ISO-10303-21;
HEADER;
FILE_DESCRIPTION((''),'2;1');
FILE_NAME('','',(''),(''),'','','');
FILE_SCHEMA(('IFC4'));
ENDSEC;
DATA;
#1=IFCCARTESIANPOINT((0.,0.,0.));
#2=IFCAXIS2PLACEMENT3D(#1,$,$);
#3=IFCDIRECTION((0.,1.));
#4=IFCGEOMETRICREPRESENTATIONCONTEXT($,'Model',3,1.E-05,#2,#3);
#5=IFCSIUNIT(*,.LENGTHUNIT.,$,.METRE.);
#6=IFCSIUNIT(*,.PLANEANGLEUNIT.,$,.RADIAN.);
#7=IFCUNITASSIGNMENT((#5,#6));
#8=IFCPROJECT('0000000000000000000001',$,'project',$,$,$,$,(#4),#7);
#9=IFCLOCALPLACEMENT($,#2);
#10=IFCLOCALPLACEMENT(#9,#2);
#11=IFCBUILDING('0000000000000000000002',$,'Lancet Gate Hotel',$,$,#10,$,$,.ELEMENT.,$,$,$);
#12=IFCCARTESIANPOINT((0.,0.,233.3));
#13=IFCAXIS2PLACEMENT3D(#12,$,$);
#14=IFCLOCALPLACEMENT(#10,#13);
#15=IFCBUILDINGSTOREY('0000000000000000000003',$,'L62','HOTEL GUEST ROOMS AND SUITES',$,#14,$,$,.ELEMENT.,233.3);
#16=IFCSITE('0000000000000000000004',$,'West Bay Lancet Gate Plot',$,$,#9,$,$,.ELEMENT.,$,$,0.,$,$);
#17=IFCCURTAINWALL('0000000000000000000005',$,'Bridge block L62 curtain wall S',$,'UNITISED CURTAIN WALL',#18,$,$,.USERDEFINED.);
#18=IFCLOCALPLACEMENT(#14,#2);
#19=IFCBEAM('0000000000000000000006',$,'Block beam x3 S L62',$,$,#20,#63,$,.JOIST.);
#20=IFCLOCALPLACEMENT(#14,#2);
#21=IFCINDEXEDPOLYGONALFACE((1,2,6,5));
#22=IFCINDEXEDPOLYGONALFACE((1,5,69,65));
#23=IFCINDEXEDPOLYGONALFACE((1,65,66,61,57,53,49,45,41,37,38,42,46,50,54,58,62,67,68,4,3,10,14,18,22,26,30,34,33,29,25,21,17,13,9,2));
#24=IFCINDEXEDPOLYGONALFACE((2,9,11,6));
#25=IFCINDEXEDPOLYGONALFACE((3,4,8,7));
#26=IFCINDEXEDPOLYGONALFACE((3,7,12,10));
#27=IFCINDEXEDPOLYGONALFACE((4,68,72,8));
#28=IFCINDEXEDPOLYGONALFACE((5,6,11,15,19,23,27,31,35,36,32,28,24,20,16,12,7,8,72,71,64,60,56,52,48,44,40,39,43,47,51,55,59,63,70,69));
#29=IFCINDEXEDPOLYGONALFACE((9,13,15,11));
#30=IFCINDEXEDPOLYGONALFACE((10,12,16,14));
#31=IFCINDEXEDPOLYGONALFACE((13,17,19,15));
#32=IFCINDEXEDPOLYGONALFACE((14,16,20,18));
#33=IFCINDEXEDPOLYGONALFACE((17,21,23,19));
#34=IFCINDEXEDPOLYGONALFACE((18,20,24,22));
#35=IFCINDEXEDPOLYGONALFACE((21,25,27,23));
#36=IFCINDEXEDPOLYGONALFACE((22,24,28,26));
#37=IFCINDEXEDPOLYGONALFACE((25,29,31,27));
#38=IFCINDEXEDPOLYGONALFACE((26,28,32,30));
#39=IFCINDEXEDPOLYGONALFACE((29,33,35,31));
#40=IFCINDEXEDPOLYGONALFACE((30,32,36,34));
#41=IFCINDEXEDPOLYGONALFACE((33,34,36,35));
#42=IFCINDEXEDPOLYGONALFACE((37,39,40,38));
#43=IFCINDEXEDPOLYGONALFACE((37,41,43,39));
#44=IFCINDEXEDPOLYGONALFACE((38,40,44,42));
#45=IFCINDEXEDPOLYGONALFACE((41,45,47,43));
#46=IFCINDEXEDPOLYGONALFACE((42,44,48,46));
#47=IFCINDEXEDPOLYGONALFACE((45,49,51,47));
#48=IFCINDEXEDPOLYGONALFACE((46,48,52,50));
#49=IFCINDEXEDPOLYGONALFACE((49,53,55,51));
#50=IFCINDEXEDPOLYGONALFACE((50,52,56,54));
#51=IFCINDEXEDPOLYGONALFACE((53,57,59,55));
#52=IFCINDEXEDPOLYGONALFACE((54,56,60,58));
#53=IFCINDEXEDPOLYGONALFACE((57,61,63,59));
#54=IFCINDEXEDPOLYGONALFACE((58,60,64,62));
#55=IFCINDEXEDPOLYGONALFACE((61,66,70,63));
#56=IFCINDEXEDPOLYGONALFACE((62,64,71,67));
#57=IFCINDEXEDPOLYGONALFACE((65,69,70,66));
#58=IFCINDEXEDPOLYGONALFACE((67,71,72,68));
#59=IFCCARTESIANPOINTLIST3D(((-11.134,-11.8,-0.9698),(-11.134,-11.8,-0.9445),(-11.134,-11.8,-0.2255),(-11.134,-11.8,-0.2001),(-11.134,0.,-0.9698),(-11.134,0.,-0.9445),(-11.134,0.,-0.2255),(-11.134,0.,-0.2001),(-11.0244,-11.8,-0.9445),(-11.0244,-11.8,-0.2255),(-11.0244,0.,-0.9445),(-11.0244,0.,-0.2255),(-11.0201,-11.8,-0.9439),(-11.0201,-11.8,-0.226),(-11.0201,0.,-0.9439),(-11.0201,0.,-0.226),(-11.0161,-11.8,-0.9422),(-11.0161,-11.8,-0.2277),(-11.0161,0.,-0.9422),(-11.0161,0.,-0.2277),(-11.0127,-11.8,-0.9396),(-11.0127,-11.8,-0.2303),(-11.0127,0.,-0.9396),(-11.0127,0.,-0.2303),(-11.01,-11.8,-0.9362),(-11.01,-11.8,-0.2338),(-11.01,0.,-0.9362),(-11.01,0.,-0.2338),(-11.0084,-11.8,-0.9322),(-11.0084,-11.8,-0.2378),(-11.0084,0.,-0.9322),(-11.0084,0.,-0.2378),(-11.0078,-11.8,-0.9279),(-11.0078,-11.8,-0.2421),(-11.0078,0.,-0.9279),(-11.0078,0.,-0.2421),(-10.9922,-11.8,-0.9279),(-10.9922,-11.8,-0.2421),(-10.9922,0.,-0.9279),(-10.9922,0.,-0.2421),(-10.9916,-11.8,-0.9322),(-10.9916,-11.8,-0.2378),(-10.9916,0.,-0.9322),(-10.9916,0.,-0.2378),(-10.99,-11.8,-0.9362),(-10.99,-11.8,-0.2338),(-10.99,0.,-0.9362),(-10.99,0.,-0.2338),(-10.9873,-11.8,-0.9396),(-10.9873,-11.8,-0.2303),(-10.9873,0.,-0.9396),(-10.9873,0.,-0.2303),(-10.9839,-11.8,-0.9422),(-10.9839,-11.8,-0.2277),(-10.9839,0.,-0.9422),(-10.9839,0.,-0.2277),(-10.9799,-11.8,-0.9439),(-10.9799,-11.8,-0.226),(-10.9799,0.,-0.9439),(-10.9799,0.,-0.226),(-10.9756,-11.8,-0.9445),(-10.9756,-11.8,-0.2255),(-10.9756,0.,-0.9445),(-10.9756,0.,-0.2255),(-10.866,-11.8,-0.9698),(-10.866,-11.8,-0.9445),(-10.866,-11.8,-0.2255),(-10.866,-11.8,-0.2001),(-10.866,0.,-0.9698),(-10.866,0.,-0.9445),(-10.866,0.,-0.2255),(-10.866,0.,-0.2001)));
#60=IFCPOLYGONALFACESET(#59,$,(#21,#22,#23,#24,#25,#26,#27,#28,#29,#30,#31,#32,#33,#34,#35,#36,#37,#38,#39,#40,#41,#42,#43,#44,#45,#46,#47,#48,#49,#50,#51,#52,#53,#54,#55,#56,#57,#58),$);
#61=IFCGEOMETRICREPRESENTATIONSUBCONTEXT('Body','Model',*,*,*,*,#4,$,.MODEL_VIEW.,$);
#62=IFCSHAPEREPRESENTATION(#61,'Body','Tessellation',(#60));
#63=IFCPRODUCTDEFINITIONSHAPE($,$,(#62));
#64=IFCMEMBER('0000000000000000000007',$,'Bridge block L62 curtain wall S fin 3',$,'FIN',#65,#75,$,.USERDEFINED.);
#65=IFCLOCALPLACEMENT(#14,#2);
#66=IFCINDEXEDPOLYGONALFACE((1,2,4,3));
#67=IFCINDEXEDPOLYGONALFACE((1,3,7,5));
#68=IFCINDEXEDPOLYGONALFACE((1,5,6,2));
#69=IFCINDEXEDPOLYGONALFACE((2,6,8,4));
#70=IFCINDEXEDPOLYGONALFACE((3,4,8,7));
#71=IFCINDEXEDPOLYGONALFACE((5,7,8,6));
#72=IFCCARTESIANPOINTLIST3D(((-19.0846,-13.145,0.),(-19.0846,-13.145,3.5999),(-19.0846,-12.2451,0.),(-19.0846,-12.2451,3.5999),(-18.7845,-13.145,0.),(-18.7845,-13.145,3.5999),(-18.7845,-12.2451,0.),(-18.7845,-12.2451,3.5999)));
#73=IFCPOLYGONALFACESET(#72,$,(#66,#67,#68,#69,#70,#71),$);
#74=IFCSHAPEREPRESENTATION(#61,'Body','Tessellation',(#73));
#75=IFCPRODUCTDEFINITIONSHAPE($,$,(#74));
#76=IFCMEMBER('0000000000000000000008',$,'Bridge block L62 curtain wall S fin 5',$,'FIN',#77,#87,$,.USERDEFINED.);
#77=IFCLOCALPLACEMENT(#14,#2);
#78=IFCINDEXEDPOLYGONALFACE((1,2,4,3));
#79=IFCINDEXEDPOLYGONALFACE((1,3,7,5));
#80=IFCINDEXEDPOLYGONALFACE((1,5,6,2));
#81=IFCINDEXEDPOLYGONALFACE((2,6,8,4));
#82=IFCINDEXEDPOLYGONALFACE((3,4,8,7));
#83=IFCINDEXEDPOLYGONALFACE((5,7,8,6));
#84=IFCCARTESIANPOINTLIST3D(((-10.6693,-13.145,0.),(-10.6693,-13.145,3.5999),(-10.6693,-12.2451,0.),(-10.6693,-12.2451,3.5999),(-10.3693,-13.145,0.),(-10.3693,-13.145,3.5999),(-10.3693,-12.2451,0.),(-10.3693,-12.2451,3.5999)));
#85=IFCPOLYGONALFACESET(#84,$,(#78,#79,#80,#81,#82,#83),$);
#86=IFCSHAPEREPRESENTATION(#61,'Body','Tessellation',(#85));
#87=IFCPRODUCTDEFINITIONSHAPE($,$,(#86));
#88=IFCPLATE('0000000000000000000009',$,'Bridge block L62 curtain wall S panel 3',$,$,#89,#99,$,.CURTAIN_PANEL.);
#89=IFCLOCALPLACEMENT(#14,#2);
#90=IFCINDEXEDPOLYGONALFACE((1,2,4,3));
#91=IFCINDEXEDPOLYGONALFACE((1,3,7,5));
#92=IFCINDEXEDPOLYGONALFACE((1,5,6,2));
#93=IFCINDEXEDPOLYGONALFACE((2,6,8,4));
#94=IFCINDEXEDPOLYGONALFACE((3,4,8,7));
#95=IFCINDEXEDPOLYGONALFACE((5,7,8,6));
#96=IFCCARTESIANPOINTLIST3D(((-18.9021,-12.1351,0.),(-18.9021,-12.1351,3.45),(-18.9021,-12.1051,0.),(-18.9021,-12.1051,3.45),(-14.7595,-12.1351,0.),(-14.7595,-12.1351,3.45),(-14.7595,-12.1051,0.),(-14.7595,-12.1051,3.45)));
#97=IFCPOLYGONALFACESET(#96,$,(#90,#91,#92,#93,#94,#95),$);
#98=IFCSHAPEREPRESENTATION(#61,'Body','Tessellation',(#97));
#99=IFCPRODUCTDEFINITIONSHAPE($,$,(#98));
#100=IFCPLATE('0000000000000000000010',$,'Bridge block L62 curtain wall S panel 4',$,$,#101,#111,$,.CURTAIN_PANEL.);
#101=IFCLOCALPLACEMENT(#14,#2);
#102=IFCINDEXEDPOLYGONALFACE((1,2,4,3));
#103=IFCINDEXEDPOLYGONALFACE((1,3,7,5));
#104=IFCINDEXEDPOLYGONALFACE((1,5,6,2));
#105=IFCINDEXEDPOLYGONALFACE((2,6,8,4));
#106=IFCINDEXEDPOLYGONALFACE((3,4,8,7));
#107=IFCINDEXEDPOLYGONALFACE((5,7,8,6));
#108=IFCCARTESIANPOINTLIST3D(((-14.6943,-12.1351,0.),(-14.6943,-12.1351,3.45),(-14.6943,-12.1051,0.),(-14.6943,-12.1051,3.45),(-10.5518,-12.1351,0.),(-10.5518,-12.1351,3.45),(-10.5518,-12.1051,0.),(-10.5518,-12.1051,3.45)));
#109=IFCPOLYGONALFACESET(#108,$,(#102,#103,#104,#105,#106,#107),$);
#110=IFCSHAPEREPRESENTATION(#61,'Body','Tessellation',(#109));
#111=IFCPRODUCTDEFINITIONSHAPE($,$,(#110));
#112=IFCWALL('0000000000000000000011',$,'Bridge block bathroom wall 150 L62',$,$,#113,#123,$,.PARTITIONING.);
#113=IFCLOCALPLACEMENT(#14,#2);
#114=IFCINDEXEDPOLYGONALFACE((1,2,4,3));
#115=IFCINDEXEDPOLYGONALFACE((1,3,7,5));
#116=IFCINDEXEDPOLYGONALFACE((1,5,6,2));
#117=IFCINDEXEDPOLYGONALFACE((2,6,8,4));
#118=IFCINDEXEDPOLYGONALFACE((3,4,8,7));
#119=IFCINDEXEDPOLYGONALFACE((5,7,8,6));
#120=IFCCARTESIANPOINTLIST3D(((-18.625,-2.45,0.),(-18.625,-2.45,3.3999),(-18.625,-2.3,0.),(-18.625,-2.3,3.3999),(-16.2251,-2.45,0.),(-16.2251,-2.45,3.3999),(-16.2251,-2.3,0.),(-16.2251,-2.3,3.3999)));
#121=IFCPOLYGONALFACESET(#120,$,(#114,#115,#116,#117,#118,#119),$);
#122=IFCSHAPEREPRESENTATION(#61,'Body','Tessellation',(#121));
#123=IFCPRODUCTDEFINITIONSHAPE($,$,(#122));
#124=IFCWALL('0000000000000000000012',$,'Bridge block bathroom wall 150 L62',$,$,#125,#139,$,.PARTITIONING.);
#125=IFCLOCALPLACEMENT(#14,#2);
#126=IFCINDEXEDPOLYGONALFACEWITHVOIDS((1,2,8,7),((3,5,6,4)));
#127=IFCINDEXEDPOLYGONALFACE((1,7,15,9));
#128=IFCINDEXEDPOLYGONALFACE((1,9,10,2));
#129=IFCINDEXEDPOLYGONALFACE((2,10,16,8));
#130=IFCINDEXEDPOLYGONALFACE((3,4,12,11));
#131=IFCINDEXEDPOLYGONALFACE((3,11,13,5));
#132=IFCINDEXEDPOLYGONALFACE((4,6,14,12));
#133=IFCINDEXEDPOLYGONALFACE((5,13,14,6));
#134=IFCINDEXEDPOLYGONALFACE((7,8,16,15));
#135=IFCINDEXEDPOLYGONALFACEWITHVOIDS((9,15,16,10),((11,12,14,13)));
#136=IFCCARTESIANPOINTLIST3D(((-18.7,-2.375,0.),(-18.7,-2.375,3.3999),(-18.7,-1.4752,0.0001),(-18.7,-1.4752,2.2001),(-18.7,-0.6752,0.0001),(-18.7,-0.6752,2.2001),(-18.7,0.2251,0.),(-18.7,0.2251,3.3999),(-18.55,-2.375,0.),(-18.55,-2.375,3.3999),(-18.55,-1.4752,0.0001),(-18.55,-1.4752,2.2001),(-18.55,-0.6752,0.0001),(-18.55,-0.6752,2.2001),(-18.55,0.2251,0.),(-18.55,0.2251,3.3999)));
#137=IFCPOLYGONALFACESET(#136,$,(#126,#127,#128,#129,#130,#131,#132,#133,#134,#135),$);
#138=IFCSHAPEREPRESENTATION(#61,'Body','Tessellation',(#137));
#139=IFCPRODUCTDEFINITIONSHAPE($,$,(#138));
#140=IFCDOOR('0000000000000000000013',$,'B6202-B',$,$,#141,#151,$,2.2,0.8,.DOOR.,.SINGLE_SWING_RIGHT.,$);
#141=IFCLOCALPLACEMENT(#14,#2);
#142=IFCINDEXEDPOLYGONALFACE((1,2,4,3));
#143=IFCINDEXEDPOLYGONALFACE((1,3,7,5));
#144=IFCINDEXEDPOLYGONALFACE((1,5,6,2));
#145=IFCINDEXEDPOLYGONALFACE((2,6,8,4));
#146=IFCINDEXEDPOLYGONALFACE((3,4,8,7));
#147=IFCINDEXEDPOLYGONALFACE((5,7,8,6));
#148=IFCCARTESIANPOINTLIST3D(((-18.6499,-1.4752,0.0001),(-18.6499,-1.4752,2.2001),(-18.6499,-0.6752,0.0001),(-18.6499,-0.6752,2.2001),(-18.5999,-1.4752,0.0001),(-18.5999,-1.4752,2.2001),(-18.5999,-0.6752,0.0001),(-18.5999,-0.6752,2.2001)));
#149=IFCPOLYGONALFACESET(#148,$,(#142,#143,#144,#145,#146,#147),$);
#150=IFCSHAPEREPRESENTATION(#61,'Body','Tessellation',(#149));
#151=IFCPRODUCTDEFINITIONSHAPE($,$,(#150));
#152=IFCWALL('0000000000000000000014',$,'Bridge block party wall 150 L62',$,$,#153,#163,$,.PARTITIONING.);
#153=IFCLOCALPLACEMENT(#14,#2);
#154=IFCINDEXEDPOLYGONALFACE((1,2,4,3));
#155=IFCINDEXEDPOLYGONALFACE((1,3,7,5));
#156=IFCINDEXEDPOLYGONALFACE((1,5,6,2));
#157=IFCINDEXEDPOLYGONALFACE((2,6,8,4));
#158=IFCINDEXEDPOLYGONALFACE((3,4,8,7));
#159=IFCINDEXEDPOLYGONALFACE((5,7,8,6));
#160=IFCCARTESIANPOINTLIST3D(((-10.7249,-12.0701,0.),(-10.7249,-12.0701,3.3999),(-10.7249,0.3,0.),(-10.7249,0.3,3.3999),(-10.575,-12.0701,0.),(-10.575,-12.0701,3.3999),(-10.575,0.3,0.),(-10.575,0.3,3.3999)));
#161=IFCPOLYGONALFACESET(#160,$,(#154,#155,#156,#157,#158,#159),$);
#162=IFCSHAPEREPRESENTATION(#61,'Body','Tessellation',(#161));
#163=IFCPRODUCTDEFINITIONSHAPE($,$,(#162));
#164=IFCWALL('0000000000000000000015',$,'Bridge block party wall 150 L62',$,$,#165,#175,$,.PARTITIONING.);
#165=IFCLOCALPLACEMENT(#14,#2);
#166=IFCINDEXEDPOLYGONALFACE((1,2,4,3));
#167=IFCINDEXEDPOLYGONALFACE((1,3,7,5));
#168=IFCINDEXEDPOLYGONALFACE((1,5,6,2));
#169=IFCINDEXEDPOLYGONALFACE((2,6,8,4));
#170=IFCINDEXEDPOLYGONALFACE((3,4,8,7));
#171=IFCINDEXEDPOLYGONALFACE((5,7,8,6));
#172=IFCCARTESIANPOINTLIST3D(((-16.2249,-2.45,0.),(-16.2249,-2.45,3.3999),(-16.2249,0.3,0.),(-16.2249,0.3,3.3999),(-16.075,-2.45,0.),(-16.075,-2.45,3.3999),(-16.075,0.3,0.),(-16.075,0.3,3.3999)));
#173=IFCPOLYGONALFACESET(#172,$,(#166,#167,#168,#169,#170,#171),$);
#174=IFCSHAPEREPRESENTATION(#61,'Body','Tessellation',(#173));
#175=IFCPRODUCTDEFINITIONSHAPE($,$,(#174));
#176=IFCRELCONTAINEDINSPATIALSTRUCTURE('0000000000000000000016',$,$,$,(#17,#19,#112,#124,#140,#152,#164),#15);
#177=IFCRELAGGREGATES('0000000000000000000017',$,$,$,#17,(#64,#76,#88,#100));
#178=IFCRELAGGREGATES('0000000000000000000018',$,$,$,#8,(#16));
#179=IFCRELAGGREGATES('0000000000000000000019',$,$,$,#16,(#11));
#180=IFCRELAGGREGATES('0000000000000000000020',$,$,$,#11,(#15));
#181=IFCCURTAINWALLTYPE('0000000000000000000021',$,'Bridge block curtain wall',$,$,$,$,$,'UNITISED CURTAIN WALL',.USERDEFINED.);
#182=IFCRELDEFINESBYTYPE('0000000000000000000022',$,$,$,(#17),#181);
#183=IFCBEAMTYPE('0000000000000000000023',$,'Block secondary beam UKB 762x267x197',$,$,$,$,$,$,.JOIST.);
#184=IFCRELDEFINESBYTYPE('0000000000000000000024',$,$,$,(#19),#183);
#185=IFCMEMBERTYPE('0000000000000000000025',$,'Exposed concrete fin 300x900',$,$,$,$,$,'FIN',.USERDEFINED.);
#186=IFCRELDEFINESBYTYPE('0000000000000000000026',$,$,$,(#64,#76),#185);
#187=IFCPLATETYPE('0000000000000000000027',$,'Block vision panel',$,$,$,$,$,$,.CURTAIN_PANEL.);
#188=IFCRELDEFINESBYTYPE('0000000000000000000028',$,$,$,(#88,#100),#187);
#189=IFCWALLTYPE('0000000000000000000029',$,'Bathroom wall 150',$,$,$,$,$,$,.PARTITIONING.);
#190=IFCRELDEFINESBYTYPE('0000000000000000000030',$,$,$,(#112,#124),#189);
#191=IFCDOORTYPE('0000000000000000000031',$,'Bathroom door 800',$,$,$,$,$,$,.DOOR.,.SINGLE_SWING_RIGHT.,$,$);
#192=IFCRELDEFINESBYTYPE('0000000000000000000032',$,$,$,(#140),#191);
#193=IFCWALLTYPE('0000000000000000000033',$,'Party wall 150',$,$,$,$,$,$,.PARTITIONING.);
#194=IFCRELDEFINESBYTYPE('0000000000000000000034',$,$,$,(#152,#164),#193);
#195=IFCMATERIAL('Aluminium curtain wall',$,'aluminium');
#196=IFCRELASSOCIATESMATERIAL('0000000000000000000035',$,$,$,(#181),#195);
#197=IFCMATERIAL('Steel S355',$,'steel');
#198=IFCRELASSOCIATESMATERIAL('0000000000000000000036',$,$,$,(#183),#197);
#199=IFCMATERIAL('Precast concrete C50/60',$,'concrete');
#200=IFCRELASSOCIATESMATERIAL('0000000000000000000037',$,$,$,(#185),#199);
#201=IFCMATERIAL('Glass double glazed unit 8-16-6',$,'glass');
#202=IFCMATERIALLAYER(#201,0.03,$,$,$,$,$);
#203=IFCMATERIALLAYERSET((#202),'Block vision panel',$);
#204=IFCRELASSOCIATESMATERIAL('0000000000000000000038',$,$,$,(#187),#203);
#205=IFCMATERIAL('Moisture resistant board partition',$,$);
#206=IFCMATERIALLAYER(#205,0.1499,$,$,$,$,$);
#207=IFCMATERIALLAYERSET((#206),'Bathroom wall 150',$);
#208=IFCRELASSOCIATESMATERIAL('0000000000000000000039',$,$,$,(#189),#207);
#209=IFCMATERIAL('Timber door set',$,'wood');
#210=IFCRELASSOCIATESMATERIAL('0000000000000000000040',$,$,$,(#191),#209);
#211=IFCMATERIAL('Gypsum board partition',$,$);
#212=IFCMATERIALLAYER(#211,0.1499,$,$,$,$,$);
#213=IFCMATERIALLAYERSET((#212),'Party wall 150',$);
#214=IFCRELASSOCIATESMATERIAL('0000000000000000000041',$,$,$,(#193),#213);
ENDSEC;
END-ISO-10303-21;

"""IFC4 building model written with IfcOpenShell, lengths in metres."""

from ifc_helpers import new_model, si_unit, direction, frame, frame_2d, origin, origin_2d, place, context, subcontext, project, spatial, rectangle, i_section, extrude, material, layer, layer_set, material_profile, profile_set, type_object, element, fill, aggregate, save


model = new_model("IFC4")

# Units and contexts
model_context = context("Model", 3, precision=1e-05, world=origin(), true_north=direction((0.0, 1.0)))
body_context = subcontext(model_context, "Body", "Model", "MODEL_VIEW")
ifc_project = project(units=[si_unit("LENGTHUNIT", "METRE"), si_unit("PLANEANGLEUNIT", "RADIAN")], contexts=[model_context])

# Site, building, storey
site_placement = place(None, origin())
site = spatial("IfcSite", under=ifc_project, at=site_placement, Name="West Bay Lancet Gate Plot", CompositionType="ELEMENT", RefElevation=0.0)
building_placement = place(site_placement, origin())
building = spatial("IfcBuilding", under=site, at=building_placement, Name="Lancet Gate Hotel", CompositionType="ELEMENT")
storey_placement = place(building_placement, frame((0.0, 0.0, 233.3)))
storey = spatial("IfcBuildingStorey", under=building, at=storey_placement, Name="L62", Description="HOTEL GUEST ROOMS AND SUITES", CompositionType="ELEMENT", Elevation=233.3)

# Curtain wall
ifc_material_1 = material(Name="Aluminium curtain wall", Category="aluminium")
curtain_wall_type = type_object("IfcCurtainWallType", Name="Bridge block curtain wall", ElementType="UNITISED CURTAIN WALL", PredefinedType="USERDEFINED", material=ifc_material_1)
curtain_wall_placement = place(storey_placement, origin())
curtain_wall = element("IfcCurtainWall", 1, at=curtain_wall_placement, inside=storey, type_object=curtain_wall_type, Name="Bridge block L62 curtain wall S", ObjectType="UNITISED CURTAIN WALL", PredefinedType="USERDEFINED")

# Beam
ifc_material_2 = material(Name="Steel S355", Category="steel")
ifc_material_profile_1 = material_profile(ifc_material_2, i_section(OverallWidth=0.2681, OverallDepth=0.7698, WebThickness=0.0156, FlangeThickness=0.0254, FilletRadius=0.0166, at=origin_2d()), Name="UKB 762x267x197")
ifc_profile_set_1 = profile_set([ifc_material_profile_1], Name="Steel S355")
beam_type_1 = type_object("IfcBeamType", Name="Block secondary beam UKB 762x267x197", PredefinedType="JOIST", material=ifc_profile_set_1)
for number, where, z_axis, x_axis, name in (
    (2, (-11.0, -11.8, -0.585), (0.0, 1.0, 0.0), (-1.0, 0.0, 0.0), "Block beam x3 S L62"),
):
    element("IfcBeam", number, at=place(storey_placement, frame(where, z_axis=z_axis, x_axis=x_axis)), inside=storey, type_object=beam_type_1, Name=name, PredefinedType="JOIST", context=body_context, shape_type="SweptSolid", body=[
        extrude(i_section(OverallWidth=0.2681, OverallDepth=0.7698, WebThickness=0.0156, FlangeThickness=0.0254, FilletRadius=0.0166, at=origin_2d()), origin(), (0.0, 0.0, 1.0), 11.8),
    ])

# Members
ifc_material_3 = material(Name="Precast concrete C50/60", Category="concrete")
ifc_material_profile_2 = material_profile(ifc_material_3, rectangle(XDim=0.3, YDim=0.8999, at=origin_2d()), Name="FIN 300x900")
ifc_profile_set_2 = profile_set([ifc_material_profile_2], Name="Precast concrete C50/60")
member_type_1 = type_object("IfcMemberType", Name="Exposed concrete fin 300x900", ElementType="FIN", PredefinedType="USERDEFINED", material=ifc_profile_set_2)
member_1_placement = place(storey_placement, frame((-18.9346, -12.6951, 0.0), z_axis=(0.0, 0.0, 1.0), x_axis=(1.0, 0.0, 0.0)))
member_1 = element("IfcMember", 3, at=member_1_placement, type_object=member_type_1, Name="Bridge block L62 curtain wall S fin 3", ObjectType="FIN", PredefinedType="USERDEFINED", context=body_context, shape_type="SweptSolid", body=[
    extrude(rectangle(XDim=0.3, YDim=0.8999, at=origin_2d()), origin(), (0.0, 0.0, 1.0), 3.5999),
])
member_2_placement = place(storey_placement, frame((-10.5193, -12.6951, 0.0), z_axis=(0.0, 0.0, 1.0), x_axis=(1.0, 0.0, 0.0)))
member_2 = element("IfcMember", 4, at=member_2_placement, type_object=member_type_1, Name="Bridge block L62 curtain wall S fin 5", ObjectType="FIN", PredefinedType="USERDEFINED", context=body_context, shape_type="SweptSolid", body=[
    extrude(rectangle(XDim=0.3, YDim=0.8999, at=origin_2d()), origin(), (0.0, 0.0, 1.0), 3.5999),
])

# Plates
ifc_material_4 = material(Name="Glass double glazed unit 8-16-6", Category="glass")
ifc_layer_1 = layer(ifc_material_4, 0.03)
ifc_layer_set_1 = layer_set([ifc_layer_1], Name="Block vision panel")
plate_type = type_object("IfcPlateType", Name="Block vision panel", PredefinedType="CURTAIN_PANEL", material=ifc_layer_set_1)
plate_1_placement = place(storey_placement, frame((-16.8308, -12.1201, 0.0), z_axis=(0.0, 0.0, 1.0), x_axis=(1.0, 0.0, 0.0)))
plate_1 = element("IfcPlate", 5, at=plate_1_placement, type_object=plate_type, Name="Bridge block L62 curtain wall S panel 3", PredefinedType="CURTAIN_PANEL", context=body_context, shape_type="SweptSolid", body=[
    extrude(rectangle(XDim=4.1426, YDim=0.03, at=origin_2d()), origin(), (0.0, 0.0, 1.0), 3.45),
])
plate_2_placement = place(storey_placement, frame((-12.623, -12.1201, 0.0), z_axis=(0.0, 0.0, 1.0), x_axis=(1.0, 0.0, 0.0)))
plate_2 = element("IfcPlate", 6, at=plate_2_placement, type_object=plate_type, Name="Bridge block L62 curtain wall S panel 4", PredefinedType="CURTAIN_PANEL", context=body_context, shape_type="SweptSolid", body=[
    extrude(rectangle(XDim=4.1426, YDim=0.03, at=origin_2d()), origin(), (0.0, 0.0, 1.0), 3.45),
])
aggregate(curtain_wall, [member_1, member_2, plate_1, plate_2])

# Wall
ifc_material_5 = material(Name="Moisture resistant board partition")
ifc_layer_2 = layer(ifc_material_5, 0.1499)
ifc_layer_set_2 = layer_set([ifc_layer_2], Name="Bathroom wall 150")
wall_type_1 = type_object("IfcWallType", Name="Bathroom wall 150", PredefinedType="PARTITIONING", material=ifc_layer_set_2)
wall_1_placement = place(storey_placement, frame((-18.625, -2.375, 0.0), z_axis=(0.0, 0.0, 1.0), x_axis=(1.0, 0.0, 0.0)))
element("IfcWall", 7, at=wall_1_placement, inside=storey, type_object=wall_type_1, Name="Bridge block bathroom wall 150 L62", PredefinedType="PARTITIONING", context=body_context, shape_type="SweptSolid", body=[
    extrude(rectangle(XDim=2.3999, YDim=0.1499, at=frame_2d((1.2, 0.0))), origin(), (0.0, 0.0, 1.0), 3.3999),
])

# Wall, opening, door
wall_2_placement = place(storey_placement, frame((-18.625, -2.375, 0.0), z_axis=(0.0, 0.0, 1.0), x_axis=(0.0, 1.0, 0.0)))
wall_2 = element("IfcWall", 8, at=wall_2_placement, inside=storey, type_object=wall_type_1, Name="Bridge block bathroom wall 150 L62", PredefinedType="PARTITIONING", context=body_context, shape_type="SweptSolid", body=[
    extrude(rectangle(XDim=2.6001, YDim=0.1499, at=frame_2d((1.3, 0.0))), origin(), (0.0, 0.0, 1.0), 3.3999),
])
opening_placement = place(wall_2_placement, frame((0.8999, 0.0, 0.0)))
opening = element("IfcOpeningElement", 9, at=opening_placement, cuts=wall_2, PredefinedType="OPENING", context=body_context, shape_type="SweptSolid", body=[
    extrude(rectangle(XDim=0.8, YDim=2.2, at=frame_2d((0.3999, 1.1001))), frame((0.0, 0.085, 0.0), z_axis=(0.0, -1.0, 0.0), x_axis=(1.0, 0.0, 0.0)), (0.0, 0.0, 1.0), 0.1699),
])
ifc_material_6 = material(Name="Timber door set", Category="wood")
door_type = type_object("IfcDoorType", Name="Bathroom door 800", OperationType="SINGLE_SWING_RIGHT", PredefinedType="DOOR", material=ifc_material_6)
door_placement = place(opening_placement, origin())
door = element("IfcDoor", 10, at=door_placement, inside=storey, type_object=door_type, Name="B6202-B", OperationType="SINGLE_SWING_RIGHT", OverallHeight=2.2, OverallWidth=0.8, PredefinedType="DOOR", context=body_context, shape_type="SweptSolid", body=[
    extrude(rectangle(XDim=0.8, YDim=2.2, at=frame_2d((0.3999, 1.1001))), frame((0.0, 0.0249, 0.0), z_axis=(0.0, -1.0, 0.0), x_axis=(1.0, 0.0, 0.0)), (0.0, 0.0, 1.0), 0.05),
])
fill(opening, door)

# Walls
ifc_material_7 = material(Name="Gypsum board partition")
ifc_layer_3 = layer(ifc_material_7, 0.1499)
ifc_layer_set_3 = layer_set([ifc_layer_3], Name="Party wall 150")
wall_type_2 = type_object("IfcWallType", Name="Party wall 150", PredefinedType="PARTITIONING", material=ifc_layer_set_3)
wall_3_placement = place(storey_placement, frame((-10.6499, -12.0701, 0.0), z_axis=(0.0, 0.0, 1.0), x_axis=(0.0, 1.0, 0.0)))
element("IfcWall", 11, at=wall_3_placement, inside=storey, type_object=wall_type_2, Name="Bridge block party wall 150 L62", PredefinedType="PARTITIONING", context=body_context, shape_type="SweptSolid", body=[
    extrude(rectangle(XDim=12.3701, YDim=0.1499, at=frame_2d((6.1851, 0.0))), origin(), (0.0, 0.0, 1.0), 3.3999),
])
wall_4_placement = place(storey_placement, frame((-16.1499, -2.45, 0.0), z_axis=(0.0, 0.0, 1.0), x_axis=(0.0, 1.0, 0.0)))
element("IfcWall", 12, at=wall_4_placement, inside=storey, type_object=wall_type_2, Name="Bridge block party wall 150 L62", PredefinedType="PARTITIONING", context=body_context, shape_type="SweptSolid", body=[
    extrude(rectangle(XDim=2.75, YDim=0.1499, at=frame_2d((1.375, 0.0))), origin(), (0.0, 0.0, 1.0), 3.3999),
])

save(model, "model.ifc")
